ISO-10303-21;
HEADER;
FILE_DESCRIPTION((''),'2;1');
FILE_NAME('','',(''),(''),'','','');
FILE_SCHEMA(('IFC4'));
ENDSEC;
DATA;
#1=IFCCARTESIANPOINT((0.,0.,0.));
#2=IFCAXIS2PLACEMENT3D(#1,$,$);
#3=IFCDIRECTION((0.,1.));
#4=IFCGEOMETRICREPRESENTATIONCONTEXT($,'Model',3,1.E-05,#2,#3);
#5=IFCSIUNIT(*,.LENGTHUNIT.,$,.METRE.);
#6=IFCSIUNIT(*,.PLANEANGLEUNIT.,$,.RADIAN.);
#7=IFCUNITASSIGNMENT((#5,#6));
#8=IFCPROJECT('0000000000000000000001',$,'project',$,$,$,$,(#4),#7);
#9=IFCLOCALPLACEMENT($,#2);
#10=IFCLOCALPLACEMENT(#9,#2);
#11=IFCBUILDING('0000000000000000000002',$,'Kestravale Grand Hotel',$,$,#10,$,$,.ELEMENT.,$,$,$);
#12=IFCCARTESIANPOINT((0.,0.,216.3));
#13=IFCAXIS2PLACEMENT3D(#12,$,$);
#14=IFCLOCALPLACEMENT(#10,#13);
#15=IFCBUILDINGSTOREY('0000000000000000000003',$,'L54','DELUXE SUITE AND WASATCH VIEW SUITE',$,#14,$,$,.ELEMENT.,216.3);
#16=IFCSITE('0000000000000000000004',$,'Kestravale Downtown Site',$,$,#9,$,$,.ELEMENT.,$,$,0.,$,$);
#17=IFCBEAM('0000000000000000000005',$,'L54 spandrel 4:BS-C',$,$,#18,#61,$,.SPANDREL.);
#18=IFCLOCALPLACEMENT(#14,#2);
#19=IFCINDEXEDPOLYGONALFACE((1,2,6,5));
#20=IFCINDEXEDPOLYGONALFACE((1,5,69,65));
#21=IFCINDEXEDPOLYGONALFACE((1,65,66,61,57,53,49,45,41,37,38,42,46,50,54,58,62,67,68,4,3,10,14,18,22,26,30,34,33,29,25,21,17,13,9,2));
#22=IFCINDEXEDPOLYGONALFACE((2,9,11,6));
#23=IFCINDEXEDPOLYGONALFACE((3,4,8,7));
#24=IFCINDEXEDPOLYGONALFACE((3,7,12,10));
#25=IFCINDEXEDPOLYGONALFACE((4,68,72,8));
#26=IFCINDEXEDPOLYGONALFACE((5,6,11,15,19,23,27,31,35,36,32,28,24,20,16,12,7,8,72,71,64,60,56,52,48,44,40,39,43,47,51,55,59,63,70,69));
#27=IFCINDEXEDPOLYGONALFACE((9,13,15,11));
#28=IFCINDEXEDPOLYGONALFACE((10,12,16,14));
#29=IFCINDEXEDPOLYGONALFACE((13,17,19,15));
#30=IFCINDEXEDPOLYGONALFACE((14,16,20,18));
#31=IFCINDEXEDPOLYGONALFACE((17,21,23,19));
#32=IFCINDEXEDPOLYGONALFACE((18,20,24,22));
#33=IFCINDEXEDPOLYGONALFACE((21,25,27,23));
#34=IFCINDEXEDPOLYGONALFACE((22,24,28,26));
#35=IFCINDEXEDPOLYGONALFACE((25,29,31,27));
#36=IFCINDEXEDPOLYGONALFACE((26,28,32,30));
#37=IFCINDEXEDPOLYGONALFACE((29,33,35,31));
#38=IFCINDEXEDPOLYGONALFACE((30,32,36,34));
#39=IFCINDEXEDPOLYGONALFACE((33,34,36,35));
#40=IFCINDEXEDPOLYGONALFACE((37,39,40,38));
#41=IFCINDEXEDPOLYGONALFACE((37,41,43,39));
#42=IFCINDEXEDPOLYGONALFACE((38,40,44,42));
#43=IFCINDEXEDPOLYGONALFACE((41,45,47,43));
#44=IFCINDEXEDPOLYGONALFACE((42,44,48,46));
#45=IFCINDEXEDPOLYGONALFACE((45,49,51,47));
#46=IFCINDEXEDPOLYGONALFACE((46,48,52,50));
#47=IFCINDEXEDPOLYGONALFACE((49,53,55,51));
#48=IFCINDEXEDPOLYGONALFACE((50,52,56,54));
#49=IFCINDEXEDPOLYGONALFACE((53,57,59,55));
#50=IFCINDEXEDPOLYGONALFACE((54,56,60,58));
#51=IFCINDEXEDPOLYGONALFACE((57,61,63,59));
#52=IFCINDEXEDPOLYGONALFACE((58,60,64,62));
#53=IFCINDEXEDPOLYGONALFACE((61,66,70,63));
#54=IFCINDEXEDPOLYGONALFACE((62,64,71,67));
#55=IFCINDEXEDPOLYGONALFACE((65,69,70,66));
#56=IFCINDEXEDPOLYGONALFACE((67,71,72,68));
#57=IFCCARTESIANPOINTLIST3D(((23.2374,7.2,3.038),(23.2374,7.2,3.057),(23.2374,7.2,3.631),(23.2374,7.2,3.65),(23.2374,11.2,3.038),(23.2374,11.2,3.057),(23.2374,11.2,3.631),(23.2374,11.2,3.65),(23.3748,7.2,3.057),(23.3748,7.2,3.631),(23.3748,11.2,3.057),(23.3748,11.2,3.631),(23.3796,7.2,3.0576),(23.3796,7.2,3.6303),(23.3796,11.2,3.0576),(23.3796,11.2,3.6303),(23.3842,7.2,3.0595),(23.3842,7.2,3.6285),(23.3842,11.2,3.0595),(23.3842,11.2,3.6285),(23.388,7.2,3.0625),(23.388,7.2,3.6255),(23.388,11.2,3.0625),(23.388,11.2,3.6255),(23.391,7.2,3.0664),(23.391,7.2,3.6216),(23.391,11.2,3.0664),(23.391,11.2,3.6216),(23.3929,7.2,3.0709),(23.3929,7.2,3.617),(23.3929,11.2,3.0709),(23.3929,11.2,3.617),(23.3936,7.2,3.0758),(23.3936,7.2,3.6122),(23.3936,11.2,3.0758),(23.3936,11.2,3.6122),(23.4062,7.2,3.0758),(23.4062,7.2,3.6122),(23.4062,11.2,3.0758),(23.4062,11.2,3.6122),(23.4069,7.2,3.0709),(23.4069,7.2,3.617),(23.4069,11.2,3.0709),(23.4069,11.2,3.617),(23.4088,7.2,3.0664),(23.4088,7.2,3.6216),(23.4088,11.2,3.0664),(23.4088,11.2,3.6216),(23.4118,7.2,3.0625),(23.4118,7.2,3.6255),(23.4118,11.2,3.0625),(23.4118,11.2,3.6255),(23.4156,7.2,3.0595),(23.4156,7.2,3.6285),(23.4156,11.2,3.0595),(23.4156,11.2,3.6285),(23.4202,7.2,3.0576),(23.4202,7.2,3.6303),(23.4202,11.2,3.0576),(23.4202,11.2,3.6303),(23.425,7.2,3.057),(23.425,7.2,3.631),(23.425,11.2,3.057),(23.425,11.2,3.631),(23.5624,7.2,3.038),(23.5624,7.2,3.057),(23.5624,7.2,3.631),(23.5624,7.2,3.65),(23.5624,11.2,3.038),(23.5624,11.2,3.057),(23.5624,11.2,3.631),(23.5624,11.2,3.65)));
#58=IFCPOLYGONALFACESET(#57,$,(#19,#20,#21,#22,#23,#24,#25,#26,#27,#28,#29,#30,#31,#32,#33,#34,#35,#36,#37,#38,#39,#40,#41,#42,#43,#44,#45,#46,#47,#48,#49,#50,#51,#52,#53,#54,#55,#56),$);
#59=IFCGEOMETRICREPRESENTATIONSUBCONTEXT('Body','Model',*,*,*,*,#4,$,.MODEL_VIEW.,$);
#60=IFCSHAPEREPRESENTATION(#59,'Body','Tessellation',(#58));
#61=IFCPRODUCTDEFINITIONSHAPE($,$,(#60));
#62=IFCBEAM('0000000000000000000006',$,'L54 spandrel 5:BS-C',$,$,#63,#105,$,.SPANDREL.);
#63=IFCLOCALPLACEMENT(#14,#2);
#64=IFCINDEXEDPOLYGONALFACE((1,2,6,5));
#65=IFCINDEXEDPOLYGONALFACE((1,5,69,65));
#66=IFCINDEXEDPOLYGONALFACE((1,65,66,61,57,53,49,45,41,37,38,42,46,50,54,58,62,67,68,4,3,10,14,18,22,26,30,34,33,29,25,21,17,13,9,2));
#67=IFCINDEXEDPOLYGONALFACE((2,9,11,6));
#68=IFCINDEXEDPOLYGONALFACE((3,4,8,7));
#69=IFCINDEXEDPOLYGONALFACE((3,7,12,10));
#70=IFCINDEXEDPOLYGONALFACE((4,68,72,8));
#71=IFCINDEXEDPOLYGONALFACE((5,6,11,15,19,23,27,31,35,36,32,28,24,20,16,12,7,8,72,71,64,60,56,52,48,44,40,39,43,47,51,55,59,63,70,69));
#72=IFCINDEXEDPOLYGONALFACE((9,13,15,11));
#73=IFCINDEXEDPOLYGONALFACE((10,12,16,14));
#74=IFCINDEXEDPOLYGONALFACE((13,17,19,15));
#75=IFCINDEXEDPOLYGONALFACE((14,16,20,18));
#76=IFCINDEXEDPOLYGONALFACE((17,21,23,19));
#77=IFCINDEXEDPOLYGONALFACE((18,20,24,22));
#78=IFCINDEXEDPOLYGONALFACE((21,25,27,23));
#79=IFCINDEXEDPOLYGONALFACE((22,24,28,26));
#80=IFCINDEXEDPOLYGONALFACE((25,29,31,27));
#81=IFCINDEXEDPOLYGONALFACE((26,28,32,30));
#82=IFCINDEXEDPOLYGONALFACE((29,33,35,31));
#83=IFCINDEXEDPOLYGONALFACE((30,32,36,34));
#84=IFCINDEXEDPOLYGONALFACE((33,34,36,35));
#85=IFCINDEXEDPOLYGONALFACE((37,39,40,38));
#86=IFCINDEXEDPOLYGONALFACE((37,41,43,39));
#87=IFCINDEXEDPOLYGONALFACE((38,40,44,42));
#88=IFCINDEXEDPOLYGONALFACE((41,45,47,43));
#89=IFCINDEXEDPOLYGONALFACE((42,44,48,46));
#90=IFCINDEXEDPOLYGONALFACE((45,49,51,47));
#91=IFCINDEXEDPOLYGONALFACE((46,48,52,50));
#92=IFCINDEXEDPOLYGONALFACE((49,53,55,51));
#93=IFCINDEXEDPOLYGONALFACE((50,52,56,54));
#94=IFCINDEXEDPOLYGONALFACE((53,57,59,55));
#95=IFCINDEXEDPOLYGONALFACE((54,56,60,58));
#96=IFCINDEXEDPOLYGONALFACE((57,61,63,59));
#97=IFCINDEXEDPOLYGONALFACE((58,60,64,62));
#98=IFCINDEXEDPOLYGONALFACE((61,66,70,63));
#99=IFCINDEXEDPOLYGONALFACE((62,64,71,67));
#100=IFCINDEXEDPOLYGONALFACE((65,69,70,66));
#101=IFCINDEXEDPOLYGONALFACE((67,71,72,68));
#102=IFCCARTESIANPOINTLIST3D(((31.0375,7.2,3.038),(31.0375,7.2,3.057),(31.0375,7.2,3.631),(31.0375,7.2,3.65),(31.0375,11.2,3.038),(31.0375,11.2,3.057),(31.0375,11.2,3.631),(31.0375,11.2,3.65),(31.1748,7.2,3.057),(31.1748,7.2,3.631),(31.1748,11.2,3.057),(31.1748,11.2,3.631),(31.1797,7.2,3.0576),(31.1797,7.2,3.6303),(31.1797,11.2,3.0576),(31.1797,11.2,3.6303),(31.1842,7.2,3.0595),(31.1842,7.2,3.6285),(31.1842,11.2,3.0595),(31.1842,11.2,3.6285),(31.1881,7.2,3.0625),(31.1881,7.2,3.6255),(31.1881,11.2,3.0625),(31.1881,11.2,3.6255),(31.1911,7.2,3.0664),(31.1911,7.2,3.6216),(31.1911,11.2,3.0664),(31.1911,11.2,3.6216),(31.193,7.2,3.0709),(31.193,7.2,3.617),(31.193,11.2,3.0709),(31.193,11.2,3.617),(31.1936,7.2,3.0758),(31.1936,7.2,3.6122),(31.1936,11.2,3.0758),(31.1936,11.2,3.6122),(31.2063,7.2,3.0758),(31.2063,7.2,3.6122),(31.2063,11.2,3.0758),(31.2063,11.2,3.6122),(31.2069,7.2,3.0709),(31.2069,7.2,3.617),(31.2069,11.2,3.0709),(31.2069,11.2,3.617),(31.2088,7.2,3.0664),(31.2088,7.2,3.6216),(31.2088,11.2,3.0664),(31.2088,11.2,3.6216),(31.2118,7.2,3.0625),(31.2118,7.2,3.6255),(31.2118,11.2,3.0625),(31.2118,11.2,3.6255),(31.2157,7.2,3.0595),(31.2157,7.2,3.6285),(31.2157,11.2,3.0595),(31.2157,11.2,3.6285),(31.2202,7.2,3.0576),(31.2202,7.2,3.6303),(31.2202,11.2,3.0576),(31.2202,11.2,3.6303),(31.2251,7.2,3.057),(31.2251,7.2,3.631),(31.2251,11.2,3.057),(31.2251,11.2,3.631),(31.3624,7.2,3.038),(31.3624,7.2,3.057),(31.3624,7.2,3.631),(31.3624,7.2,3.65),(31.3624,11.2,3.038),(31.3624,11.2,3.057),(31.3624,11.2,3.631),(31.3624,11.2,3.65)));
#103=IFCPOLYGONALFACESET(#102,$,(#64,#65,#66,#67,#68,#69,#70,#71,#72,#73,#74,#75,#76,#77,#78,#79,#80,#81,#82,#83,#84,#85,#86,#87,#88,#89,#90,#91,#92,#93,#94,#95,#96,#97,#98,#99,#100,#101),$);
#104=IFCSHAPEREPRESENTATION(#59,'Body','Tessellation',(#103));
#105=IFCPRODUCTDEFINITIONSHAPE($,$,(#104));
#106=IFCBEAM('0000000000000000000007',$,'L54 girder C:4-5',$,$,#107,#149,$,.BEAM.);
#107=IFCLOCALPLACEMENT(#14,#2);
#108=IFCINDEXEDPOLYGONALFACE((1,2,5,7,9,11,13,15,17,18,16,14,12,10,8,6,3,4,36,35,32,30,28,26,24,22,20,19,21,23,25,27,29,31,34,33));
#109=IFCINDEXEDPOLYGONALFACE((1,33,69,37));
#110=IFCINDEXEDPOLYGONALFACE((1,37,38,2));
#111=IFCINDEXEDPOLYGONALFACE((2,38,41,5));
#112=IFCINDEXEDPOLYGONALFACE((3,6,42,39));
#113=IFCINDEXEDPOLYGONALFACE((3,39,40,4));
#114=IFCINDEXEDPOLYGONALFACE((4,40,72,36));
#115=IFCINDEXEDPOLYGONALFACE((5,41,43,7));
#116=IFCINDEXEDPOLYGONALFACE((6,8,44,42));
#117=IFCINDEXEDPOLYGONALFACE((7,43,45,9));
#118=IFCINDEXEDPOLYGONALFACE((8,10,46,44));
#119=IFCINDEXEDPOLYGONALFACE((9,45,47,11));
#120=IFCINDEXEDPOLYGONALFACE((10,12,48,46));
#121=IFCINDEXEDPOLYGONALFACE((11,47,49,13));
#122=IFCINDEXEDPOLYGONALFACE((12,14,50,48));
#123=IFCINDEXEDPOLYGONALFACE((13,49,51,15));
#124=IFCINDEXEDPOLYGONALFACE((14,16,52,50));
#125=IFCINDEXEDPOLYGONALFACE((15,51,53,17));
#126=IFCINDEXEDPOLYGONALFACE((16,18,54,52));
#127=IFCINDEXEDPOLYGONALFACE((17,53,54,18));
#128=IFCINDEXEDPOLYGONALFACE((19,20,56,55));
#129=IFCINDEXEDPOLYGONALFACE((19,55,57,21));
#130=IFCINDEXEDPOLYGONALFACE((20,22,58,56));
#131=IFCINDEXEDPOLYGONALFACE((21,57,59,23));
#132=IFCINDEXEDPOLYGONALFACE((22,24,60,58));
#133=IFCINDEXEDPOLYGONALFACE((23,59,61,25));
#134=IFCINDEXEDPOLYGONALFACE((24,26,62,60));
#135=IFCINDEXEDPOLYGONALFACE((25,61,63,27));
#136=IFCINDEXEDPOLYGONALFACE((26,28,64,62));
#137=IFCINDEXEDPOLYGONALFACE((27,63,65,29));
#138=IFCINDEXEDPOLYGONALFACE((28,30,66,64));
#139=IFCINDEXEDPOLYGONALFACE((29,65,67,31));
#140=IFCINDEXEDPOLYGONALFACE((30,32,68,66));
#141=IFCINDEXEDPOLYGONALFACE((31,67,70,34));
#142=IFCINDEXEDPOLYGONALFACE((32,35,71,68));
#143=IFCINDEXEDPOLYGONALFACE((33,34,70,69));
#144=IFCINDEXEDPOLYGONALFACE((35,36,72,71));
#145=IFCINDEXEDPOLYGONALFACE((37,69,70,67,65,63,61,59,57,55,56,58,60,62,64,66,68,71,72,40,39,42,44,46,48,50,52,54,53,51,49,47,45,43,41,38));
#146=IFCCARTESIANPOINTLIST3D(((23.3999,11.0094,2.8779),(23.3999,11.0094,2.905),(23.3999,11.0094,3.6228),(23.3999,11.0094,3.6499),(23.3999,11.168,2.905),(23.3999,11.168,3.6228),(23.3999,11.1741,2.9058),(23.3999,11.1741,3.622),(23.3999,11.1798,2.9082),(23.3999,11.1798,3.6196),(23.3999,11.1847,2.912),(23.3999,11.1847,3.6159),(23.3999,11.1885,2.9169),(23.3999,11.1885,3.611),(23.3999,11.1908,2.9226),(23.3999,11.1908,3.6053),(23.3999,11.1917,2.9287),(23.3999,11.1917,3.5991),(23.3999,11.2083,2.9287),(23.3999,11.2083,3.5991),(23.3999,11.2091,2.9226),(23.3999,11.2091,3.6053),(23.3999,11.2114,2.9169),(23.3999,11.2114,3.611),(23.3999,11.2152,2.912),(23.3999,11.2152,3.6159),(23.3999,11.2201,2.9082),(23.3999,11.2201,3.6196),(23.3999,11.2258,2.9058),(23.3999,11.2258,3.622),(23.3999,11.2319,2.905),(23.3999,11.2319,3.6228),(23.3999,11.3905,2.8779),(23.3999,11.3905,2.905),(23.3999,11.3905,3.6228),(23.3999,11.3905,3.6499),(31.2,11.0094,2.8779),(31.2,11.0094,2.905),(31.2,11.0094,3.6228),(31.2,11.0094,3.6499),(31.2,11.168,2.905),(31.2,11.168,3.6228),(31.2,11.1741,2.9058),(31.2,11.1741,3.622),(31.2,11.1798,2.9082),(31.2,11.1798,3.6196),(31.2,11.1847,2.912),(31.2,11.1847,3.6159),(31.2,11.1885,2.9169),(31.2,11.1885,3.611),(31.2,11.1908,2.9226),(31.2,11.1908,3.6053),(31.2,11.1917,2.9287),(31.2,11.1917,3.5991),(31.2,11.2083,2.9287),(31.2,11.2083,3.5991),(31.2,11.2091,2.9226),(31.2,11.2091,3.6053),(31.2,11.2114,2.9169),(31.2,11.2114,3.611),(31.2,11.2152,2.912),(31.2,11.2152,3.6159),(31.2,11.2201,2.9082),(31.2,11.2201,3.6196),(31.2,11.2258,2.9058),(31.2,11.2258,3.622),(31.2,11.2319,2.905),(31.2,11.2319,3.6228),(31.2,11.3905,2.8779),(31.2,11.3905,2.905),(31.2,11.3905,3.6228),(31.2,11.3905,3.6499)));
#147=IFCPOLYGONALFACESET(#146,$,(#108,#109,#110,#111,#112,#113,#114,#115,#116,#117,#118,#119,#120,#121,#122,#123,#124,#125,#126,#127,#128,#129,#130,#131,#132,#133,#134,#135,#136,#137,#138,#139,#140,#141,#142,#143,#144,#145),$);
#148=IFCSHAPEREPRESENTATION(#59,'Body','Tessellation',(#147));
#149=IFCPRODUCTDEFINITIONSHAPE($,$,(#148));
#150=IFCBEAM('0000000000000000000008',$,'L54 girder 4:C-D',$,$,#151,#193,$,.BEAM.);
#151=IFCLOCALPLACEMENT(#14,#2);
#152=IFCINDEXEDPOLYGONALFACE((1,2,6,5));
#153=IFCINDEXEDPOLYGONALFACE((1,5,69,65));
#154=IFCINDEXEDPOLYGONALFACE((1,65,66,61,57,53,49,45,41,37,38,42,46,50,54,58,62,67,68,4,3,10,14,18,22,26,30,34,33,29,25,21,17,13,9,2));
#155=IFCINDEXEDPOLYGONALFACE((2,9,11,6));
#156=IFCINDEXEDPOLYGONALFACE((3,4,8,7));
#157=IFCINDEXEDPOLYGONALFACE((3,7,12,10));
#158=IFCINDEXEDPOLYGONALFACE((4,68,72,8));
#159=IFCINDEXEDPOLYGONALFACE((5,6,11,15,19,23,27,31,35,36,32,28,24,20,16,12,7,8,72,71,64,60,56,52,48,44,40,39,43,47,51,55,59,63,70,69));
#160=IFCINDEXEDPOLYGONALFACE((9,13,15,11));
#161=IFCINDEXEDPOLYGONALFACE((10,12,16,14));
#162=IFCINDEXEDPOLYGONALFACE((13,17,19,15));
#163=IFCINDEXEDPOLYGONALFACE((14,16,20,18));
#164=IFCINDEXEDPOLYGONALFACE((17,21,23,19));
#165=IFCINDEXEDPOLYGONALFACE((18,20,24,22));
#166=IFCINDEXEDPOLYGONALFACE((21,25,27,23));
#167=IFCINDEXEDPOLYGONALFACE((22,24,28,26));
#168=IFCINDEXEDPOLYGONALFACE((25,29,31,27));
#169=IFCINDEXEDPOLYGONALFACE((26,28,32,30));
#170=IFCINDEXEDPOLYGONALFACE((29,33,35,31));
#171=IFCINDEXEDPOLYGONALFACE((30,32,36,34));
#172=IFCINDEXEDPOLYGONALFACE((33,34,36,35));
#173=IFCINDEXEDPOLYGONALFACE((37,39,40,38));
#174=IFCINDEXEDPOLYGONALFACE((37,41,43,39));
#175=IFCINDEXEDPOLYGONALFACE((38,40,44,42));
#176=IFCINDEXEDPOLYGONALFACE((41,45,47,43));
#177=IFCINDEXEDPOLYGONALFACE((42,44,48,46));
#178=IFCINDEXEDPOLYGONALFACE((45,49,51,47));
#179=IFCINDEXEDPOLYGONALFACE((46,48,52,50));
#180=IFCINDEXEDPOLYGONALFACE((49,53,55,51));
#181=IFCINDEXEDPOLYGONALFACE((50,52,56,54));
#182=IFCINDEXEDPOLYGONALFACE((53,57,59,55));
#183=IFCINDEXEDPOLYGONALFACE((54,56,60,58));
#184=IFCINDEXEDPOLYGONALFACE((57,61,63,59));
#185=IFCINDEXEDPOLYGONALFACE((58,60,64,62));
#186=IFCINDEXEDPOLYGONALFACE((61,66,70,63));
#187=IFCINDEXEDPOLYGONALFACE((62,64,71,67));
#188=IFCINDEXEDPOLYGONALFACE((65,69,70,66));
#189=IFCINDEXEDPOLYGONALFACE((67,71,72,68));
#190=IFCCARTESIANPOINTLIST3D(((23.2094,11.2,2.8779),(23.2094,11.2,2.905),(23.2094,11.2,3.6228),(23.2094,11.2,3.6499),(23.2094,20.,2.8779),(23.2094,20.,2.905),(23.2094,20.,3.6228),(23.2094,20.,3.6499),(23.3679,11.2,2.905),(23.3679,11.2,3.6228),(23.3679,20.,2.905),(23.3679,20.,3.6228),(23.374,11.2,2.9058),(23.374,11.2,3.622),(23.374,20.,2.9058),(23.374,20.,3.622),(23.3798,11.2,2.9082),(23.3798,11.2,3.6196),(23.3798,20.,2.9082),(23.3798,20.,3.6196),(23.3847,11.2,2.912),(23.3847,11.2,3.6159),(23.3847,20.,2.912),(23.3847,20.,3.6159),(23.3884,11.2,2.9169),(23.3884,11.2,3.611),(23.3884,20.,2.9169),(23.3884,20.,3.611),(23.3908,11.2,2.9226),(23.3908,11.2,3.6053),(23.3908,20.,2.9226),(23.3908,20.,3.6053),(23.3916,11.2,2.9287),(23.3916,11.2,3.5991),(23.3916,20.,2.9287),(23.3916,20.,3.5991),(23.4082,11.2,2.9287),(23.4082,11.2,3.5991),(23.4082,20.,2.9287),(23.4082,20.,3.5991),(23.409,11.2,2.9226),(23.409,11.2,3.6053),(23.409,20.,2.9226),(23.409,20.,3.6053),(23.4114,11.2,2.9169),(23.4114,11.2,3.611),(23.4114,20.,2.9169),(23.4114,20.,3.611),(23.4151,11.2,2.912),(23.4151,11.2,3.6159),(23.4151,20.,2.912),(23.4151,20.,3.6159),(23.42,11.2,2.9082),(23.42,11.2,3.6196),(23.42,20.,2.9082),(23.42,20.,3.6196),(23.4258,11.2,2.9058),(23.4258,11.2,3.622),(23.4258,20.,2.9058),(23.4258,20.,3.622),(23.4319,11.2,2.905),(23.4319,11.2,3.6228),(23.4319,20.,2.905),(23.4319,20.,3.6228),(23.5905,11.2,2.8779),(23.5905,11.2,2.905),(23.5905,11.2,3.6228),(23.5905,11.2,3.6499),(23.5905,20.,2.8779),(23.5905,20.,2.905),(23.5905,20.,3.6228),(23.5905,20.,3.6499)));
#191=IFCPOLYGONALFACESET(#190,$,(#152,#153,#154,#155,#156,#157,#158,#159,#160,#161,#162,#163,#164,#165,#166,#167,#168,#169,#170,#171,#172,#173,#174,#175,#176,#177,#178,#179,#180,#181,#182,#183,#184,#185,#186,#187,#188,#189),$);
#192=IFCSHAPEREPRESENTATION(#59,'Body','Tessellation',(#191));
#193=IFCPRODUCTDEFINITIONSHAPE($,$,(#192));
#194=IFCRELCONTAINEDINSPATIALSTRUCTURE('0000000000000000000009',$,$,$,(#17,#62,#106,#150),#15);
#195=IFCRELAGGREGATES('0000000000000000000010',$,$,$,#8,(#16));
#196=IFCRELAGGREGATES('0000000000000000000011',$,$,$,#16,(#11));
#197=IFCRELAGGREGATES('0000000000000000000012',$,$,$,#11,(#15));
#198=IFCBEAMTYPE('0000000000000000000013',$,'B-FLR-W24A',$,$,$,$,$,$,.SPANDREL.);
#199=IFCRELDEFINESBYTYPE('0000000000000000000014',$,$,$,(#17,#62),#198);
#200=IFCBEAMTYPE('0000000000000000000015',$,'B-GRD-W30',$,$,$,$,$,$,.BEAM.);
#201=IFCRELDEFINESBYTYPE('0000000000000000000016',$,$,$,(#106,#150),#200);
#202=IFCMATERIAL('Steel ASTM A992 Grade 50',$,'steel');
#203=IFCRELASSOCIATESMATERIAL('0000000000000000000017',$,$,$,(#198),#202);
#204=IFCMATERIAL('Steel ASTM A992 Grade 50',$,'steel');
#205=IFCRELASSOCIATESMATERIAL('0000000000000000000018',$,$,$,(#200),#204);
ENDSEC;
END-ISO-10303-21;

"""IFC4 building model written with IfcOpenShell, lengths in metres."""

from ifc_helpers import new_model, si_unit, direction, frame, origin, origin_2d, place, context, subcontext, project, spatial, i_section, extrude, material, material_profile, profile_set, type_object, element, save


model = new_model("IFC4")

# Units and contexts
model_context = context("Model", 3, precision=1e-05, world=origin(), true_north=direction((0.0, 1.0)))
body_context = subcontext(model_context, "Body", "Model", "MODEL_VIEW")
ifc_project = project(units=[si_unit("LENGTHUNIT", "METRE"), si_unit("PLANEANGLEUNIT", "RADIAN")], contexts=[model_context])

# Site, building, storey
site_placement = place(None, origin())
site = spatial("IfcSite", under=ifc_project, at=site_placement, Name="Kestravale Downtown Site", CompositionType="ELEMENT", RefElevation=0.0)
building_placement = place(site_placement, origin())
building = spatial("IfcBuilding", under=site, at=building_placement, Name="Kestravale Grand Hotel", CompositionType="ELEMENT")
storey_placement = place(building_placement, frame((0.0, 0.0, 216.3)))
storey = spatial("IfcBuildingStorey", under=building, at=storey_placement, Name="L54", Description="DELUXE SUITE AND WASATCH VIEW SUITE", CompositionType="ELEMENT", Elevation=216.3)

# Beams
ifc_material_1 = material(Name="Steel ASTM A992 Grade 50", Category="steel")
ifc_material_profile_1 = material_profile(ifc_material_1, i_section(OverallWidth=0.325, OverallDepth=0.6121, WebThickness=0.0127, FlangeThickness=0.019, FilletRadius=0.0188, at=origin_2d()))
ifc_profile_set_1 = profile_set([ifc_material_profile_1], Name="Steel ASTM A992 Grade 50")
beam_type_1 = type_object("IfcBeamType", Name="B-FLR-W24A", PredefinedType="SPANDREL", material=ifc_profile_set_1)
for number, where, z_axis, x_axis, name in (
    (1, (23.3999, 7.2, 3.344), (0.0, 1.0, 0.0), (-1.0, 0.0, 0.0), "L54 spandrel 4:BS-C"),
    (2, (31.2, 7.2, 3.344), (0.0, 1.0, 0.0), (-1.0, 0.0, 0.0), "L54 spandrel 5:BS-C"),
):
    element("IfcBeam", number, at=place(storey_placement, frame(where, z_axis=z_axis, x_axis=x_axis)), inside=storey, type_object=beam_type_1, Name=name, PredefinedType="SPANDREL", context=body_context, shape_type="SweptSolid", body=[
        extrude(i_section(OverallWidth=0.325, OverallDepth=0.6121, WebThickness=0.0127, FlangeThickness=0.019, FilletRadius=0.0188, at=origin_2d()), origin(), (0.0, 0.0, 1.0), 4.0),
    ])
ifc_material_2 = material(Name="Steel ASTM A992 Grade 50", Category="steel")
ifc_material_profile_2 = material_profile(ifc_material_2, i_section(OverallWidth=0.3811, OverallDepth=0.772, WebThickness=0.0166, FlangeThickness=0.0271, FilletRadius=0.0237, at=origin_2d()))
ifc_profile_set_2 = profile_set([ifc_material_profile_2], Name="Steel ASTM A992 Grade 50")
beam_type_2 = type_object("IfcBeamType", Name="B-GRD-W30", PredefinedType="BEAM", material=ifc_profile_set_2)
beam_1_placement = place(storey_placement, frame((23.3999, 11.2, 3.2639), z_axis=(1.0, 0.0, 0.0), x_axis=(0.0, 1.0, 0.0)))
element("IfcBeam", 3, at=beam_1_placement, inside=storey, type_object=beam_type_2, Name="L54 girder C:4-5", PredefinedType="BEAM", context=body_context, shape_type="SweptSolid", body=[
    extrude(i_section(OverallWidth=0.3811, OverallDepth=0.772, WebThickness=0.0166, FlangeThickness=0.0271, FilletRadius=0.0237, at=origin_2d()), origin(), (0.0, 0.0, 1.0), 7.8),
])
for number, where, z_axis, x_axis, name in (
    (4, (23.3999, 11.2, 3.2639), (0.0, 1.0, 0.0), (-1.0, 0.0, 0.0), "L54 girder 4:C-D"),
):
    element("IfcBeam", number, at=place(storey_placement, frame(where, z_axis=z_axis, x_axis=x_axis)), inside=storey, type_object=beam_type_2, Name=name, PredefinedType="BEAM", context=body_context, shape_type="SweptSolid", body=[
        extrude(i_section(OverallWidth=0.3811, OverallDepth=0.772, WebThickness=0.0166, FlangeThickness=0.0271, FilletRadius=0.0237, at=origin_2d()), origin(), (0.0, 0.0, 1.0), 8.8),
    ])

save(model, "model.ifc")
